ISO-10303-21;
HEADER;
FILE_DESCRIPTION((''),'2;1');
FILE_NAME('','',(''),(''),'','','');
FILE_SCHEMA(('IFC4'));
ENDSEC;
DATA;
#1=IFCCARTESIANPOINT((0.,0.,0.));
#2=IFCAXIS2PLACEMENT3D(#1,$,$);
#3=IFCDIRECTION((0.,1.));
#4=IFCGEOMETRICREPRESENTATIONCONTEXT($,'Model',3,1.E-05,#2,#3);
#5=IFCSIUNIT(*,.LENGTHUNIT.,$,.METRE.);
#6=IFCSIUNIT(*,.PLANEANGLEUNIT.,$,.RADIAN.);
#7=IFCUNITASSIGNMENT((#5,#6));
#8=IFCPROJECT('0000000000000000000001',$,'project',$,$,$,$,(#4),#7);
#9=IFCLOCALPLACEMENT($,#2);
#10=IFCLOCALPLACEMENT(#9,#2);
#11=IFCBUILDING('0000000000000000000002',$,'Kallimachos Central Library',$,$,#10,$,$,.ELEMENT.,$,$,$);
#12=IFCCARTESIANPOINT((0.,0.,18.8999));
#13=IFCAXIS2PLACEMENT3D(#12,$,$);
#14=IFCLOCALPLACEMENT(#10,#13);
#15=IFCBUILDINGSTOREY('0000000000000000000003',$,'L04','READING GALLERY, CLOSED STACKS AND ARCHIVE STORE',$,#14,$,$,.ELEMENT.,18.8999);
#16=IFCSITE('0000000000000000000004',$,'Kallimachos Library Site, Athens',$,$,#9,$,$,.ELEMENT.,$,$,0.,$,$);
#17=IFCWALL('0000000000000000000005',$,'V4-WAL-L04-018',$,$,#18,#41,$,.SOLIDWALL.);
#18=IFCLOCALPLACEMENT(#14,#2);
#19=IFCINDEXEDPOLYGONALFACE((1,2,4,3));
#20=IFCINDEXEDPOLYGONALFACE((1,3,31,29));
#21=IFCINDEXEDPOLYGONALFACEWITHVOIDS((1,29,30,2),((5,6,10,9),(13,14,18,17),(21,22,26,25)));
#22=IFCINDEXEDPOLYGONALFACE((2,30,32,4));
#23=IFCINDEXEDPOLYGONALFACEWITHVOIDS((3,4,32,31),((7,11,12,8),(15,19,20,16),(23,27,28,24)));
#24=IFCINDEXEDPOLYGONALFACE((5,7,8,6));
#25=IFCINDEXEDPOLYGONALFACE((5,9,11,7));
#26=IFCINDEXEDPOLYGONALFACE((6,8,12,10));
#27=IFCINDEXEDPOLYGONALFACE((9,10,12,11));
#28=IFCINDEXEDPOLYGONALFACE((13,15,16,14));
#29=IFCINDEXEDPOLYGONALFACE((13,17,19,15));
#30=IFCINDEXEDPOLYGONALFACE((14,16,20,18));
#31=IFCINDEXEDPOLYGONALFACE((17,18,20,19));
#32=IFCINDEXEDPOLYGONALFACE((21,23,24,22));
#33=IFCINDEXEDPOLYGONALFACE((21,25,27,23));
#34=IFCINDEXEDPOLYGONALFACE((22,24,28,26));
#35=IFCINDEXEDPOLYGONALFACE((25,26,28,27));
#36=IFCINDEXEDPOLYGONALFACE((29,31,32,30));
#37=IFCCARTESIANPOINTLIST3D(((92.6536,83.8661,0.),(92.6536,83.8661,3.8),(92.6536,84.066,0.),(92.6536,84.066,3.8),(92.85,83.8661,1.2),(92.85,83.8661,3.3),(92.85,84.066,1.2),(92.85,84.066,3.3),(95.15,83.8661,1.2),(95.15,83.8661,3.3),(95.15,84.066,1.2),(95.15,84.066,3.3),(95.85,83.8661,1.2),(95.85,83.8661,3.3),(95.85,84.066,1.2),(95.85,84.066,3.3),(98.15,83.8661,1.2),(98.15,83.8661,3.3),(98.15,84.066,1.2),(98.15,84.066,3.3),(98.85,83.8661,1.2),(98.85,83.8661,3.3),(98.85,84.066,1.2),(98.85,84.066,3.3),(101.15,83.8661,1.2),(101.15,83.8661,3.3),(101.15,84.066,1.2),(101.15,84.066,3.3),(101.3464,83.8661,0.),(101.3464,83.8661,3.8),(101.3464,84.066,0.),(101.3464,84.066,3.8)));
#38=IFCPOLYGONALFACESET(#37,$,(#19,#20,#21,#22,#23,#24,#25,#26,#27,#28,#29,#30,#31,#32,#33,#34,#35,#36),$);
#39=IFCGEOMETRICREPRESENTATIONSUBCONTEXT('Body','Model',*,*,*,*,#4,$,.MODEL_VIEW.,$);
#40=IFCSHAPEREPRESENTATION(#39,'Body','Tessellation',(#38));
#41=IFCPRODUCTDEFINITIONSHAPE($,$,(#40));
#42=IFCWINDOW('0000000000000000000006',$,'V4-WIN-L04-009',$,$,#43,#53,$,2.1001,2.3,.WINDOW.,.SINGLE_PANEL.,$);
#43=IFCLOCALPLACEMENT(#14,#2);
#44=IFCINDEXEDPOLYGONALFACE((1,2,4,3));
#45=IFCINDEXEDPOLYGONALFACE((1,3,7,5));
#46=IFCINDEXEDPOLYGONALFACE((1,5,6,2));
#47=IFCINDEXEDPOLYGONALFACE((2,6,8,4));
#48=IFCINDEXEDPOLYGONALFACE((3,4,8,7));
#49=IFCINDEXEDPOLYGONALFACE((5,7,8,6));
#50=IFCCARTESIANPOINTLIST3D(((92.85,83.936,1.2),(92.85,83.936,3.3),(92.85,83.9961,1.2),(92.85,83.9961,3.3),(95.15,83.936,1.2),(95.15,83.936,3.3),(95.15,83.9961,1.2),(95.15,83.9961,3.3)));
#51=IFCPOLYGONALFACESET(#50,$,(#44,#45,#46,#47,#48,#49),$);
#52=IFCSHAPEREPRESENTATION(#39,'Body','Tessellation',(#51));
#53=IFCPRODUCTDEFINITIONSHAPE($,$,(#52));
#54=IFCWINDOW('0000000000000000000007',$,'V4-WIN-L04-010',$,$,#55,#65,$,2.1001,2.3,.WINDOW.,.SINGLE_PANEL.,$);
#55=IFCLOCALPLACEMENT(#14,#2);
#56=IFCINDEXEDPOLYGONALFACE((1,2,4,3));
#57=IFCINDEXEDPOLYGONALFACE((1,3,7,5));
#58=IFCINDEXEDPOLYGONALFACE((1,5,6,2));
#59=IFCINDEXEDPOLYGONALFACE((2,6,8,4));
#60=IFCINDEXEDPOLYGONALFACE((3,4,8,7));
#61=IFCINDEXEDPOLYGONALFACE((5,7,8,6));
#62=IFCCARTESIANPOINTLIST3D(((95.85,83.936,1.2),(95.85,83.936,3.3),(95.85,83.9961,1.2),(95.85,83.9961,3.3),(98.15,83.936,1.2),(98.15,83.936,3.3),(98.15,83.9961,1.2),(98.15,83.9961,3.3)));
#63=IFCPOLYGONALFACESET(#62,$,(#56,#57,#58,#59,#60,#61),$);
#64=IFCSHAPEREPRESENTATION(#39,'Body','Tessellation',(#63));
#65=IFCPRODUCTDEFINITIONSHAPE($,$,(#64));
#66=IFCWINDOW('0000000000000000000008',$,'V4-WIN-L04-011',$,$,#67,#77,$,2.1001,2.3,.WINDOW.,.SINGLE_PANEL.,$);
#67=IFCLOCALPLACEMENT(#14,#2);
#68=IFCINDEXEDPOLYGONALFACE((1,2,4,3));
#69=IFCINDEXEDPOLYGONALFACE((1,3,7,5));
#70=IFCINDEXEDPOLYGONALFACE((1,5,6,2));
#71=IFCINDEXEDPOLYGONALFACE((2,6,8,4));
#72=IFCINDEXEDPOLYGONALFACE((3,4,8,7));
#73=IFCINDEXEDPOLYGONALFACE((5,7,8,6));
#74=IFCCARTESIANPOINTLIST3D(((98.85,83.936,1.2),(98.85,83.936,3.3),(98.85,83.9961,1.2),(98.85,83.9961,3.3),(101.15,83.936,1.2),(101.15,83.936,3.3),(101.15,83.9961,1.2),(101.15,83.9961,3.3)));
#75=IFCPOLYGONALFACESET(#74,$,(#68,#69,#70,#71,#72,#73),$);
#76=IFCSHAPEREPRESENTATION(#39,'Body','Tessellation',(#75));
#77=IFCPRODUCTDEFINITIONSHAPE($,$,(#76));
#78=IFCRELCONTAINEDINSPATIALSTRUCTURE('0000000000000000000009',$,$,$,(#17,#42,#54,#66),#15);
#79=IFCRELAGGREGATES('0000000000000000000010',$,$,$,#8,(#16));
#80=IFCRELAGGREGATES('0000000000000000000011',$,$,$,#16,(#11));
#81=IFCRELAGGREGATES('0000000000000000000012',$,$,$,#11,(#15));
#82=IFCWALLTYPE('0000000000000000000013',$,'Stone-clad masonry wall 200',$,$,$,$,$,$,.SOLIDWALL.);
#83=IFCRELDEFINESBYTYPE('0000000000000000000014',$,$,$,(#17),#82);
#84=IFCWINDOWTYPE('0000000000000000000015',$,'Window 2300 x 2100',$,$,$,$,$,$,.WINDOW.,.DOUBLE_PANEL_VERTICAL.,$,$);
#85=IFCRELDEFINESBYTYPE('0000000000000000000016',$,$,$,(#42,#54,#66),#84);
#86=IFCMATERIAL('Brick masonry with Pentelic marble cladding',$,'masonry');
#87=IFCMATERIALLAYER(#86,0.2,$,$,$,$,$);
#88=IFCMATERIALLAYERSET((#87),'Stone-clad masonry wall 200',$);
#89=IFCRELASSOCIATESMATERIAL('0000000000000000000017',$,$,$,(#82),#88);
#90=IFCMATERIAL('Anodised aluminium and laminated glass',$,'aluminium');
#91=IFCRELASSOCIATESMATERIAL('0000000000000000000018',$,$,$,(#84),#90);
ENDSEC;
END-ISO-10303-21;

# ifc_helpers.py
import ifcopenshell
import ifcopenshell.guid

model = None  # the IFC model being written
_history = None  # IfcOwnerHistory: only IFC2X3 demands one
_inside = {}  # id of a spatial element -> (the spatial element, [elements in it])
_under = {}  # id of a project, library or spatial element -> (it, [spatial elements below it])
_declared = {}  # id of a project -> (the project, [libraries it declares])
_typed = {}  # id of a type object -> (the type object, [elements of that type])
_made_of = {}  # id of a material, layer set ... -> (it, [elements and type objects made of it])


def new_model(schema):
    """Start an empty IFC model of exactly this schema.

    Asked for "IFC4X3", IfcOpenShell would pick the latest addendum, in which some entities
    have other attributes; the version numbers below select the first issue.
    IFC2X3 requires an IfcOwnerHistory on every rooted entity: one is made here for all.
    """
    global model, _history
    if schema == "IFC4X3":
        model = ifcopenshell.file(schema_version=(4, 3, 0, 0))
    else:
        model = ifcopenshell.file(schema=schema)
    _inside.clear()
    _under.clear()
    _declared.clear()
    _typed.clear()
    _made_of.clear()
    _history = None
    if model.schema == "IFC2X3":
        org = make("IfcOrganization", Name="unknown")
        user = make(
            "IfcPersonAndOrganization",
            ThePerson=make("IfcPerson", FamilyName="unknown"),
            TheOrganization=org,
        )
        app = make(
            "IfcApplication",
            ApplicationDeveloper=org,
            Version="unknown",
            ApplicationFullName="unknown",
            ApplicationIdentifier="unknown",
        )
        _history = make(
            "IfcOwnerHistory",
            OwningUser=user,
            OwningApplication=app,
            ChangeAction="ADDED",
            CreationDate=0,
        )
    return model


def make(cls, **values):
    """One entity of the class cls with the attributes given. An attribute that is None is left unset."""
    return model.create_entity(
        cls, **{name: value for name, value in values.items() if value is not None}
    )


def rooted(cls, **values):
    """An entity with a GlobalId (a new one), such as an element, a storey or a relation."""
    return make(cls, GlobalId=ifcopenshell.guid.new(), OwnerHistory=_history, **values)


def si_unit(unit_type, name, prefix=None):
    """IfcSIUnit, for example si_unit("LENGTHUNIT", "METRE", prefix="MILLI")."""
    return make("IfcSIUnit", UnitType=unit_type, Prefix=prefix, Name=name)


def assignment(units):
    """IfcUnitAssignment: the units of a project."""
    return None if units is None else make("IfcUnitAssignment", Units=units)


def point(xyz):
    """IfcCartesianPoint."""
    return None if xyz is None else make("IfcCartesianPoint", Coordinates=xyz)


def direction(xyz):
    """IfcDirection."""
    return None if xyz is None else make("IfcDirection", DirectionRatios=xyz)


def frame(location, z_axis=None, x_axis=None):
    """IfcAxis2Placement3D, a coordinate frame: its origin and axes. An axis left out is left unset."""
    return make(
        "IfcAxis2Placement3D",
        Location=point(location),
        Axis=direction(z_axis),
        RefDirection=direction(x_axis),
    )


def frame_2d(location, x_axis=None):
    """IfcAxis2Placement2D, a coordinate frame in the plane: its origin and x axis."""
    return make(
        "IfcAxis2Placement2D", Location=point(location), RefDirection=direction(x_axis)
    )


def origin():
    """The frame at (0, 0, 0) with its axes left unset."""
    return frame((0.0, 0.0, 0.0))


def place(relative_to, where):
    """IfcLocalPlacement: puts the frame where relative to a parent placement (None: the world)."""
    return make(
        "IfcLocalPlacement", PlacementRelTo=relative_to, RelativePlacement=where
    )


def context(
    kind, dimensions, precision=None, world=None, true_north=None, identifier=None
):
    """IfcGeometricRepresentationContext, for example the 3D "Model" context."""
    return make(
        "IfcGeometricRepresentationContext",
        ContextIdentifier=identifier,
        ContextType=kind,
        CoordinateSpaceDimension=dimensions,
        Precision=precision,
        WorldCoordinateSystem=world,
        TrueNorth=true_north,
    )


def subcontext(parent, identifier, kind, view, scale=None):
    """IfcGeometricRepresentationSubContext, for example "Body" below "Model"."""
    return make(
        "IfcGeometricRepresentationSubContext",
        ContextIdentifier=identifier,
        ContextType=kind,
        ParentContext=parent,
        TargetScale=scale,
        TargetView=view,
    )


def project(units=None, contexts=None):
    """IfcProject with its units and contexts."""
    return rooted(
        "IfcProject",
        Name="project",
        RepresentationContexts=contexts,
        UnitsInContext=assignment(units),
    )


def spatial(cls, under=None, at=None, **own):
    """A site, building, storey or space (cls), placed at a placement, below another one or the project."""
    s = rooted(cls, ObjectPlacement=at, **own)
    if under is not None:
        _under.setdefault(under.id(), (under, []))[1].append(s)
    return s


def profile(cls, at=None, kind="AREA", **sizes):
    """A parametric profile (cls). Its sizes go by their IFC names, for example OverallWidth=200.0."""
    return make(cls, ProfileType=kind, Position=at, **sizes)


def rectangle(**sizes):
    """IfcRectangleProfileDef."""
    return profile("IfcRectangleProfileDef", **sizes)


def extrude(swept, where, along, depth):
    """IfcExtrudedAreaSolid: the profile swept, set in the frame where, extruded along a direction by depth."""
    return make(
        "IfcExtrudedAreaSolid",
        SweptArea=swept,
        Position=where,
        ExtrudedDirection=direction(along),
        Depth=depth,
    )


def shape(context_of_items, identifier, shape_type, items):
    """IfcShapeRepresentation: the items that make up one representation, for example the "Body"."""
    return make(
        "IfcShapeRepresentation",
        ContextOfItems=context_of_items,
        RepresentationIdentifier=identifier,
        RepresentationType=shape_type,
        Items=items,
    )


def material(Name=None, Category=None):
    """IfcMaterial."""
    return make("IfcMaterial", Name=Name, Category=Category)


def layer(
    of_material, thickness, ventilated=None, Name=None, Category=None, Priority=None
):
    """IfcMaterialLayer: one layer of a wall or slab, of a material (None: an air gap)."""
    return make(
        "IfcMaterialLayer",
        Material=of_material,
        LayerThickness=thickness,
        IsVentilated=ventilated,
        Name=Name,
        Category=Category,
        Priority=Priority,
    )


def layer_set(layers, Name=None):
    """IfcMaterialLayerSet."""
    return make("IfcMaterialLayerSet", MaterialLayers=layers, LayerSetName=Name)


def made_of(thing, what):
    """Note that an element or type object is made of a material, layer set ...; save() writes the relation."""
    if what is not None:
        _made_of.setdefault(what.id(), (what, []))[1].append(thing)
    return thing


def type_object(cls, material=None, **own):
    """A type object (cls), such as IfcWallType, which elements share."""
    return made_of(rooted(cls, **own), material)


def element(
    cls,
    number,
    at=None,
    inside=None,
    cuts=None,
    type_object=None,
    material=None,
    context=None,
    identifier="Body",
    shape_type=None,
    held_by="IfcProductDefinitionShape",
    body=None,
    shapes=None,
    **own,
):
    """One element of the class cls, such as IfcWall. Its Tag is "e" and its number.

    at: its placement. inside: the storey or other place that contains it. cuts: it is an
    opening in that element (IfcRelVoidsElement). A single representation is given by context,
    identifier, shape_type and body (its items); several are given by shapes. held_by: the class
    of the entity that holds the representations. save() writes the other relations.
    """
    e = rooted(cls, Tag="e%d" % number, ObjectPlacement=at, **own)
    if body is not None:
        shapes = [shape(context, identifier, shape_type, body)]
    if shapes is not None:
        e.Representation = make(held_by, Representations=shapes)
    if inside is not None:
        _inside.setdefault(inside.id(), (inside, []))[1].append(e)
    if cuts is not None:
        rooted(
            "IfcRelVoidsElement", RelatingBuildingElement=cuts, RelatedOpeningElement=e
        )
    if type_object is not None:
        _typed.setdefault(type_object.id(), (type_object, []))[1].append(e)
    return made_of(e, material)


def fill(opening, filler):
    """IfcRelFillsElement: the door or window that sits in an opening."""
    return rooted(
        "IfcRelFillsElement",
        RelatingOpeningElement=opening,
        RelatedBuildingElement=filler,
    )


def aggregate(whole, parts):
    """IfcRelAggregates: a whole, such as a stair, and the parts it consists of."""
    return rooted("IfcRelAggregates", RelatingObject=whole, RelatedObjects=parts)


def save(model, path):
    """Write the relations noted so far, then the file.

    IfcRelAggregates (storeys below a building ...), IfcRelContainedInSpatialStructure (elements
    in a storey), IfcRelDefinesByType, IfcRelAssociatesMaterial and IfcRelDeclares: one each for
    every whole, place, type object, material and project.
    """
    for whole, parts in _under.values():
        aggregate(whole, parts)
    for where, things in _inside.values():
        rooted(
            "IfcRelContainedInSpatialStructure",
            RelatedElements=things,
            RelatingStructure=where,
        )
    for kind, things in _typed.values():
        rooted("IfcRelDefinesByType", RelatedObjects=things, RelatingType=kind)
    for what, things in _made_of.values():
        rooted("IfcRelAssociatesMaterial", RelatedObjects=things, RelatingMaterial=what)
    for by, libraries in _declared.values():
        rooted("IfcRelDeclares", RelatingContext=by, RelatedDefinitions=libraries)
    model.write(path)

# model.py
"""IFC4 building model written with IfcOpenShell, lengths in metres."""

from ifc_helpers import new_model, si_unit, direction, frame, frame_2d, origin, place, context, subcontext, project, spatial, rectangle, extrude, material, layer, layer_set, type_object, element, fill, save


model = new_model("IFC4")

# Units and contexts
model_context = context("Model", 3, precision=1e-05, world=origin(), true_north=direction((0.0, 1.0)))
body_context = subcontext(model_context, "Body", "Model", "MODEL_VIEW")
ifc_project = project(units=[si_unit("LENGTHUNIT", "METRE"), si_unit("PLANEANGLEUNIT", "RADIAN")], contexts=[model_context])

# Site, building, storey
site_placement = place(None, origin())
site = spatial("IfcSite", under=ifc_project, at=site_placement, Name="Kallimachos Library Site, Athens", CompositionType="ELEMENT", RefElevation=0.0)
building_placement = place(site_placement, origin())
building = spatial("IfcBuilding", under=site, at=building_placement, Name="Kallimachos Central Library", CompositionType="ELEMENT")
storey_placement = place(building_placement, frame((0.0, 0.0, 18.8999)))
storey = spatial("IfcBuildingStorey", under=building, at=storey_placement, Name="L04", Description="READING GALLERY, CLOSED STACKS AND ARCHIVE STORE", CompositionType="ELEMENT", Elevation=18.8999)

# Wall, openings, windows
ifc_material_1 = material(Name="Brick masonry with Pentelic marble cladding", Category="masonry")
ifc_layer_1 = layer(ifc_material_1, 0.2)
ifc_layer_set_1 = layer_set([ifc_layer_1], Name="Stone-clad masonry wall 200")
wall_type_1 = type_object("IfcWallType", Name="Stone-clad masonry wall 200", PredefinedType="SOLIDWALL", material=ifc_layer_set_1)
wall_1_placement = place(storey_placement, frame((92.6536, 83.9661, 0.0), z_axis=(0.0, 0.0, 1.0), x_axis=(1.0, 0.0, 0.0)))
wall_1 = element("IfcWall", 1, at=wall_1_placement, inside=storey, type_object=wall_type_1, Name="V4-WAL-L04-018", PredefinedType="SOLIDWALL", context=body_context, shape_type="SweptSolid", body=[
    extrude(rectangle(XDim=8.6929, YDim=0.2, at=frame_2d((4.3464, 0.0))), origin(), (0.0, 0.0, 1.0), 3.8),
])
opening_1_placement = place(wall_1_placement, frame((0.1965, 0.0, 1.2)))
opening_1 = element("IfcOpeningElement", 2, at=opening_1_placement, cuts=wall_1, PredefinedType="OPENING", context=body_context, shape_type="SweptSolid", body=[
    extrude(rectangle(XDim=2.3, YDim=2.1001, at=frame_2d((1.1499, 1.05))), frame((0.0, 0.1099, 0.0), z_axis=(0.0, -1.0, 0.0), x_axis=(1.0, 0.0, 0.0)), (0.0, 0.0, 1.0), 0.22),
])
opening_2_placement = place(wall_1_placement, frame((3.1965, 0.0, 1.2)))
opening_2 = element("IfcOpeningElement", 3, at=opening_2_placement, cuts=wall_1, PredefinedType="OPENING", context=body_context, shape_type="SweptSolid", body=[
    extrude(rectangle(XDim=2.3, YDim=2.1001, at=frame_2d((1.1499, 1.05))), frame((0.0, 0.1099, 0.0), z_axis=(0.0, -1.0, 0.0), x_axis=(1.0, 0.0, 0.0)), (0.0, 0.0, 1.0), 0.22),
])
opening_3_placement = place(wall_1_placement, frame((6.1965, 0.0, 1.2)))
opening_3 = element("IfcOpeningElement", 4, at=opening_3_placement, cuts=wall_1, PredefinedType="OPENING", context=body_context, shape_type="SweptSolid", body=[
    extrude(rectangle(XDim=2.3, YDim=2.1001, at=frame_2d((1.1499, 1.05))), frame((0.0, 0.1099, 0.0), z_axis=(0.0, -1.0, 0.0), x_axis=(1.0, 0.0, 0.0)), (0.0, 0.0, 1.0), 0.22),
])
ifc_material_2 = material(Name="Anodised aluminium and laminated glass", Category="aluminium")
window_type = type_object("IfcWindowType", Name="Window 2300 x 2100", PartitioningType="DOUBLE_PANEL_VERTICAL", PredefinedType="WINDOW", material=ifc_material_2)
window_1_placement = place(opening_1_placement, origin())
window_1 = element("IfcWindow", 5, at=window_1_placement, inside=storey, type_object=window_type, Name="V4-WIN-L04-009", OverallHeight=2.1001, OverallWidth=2.3, PartitioningType="SINGLE_PANEL", PredefinedType="WINDOW", context=body_context, shape_type="SweptSolid", body=[
    extrude(rectangle(XDim=2.3, YDim=2.1001, at=frame_2d((1.1499, 1.05))), frame((0.0, 0.03, 0.0), z_axis=(0.0, -1.0, 0.0), x_axis=(1.0, 0.0, 0.0)), (0.0, 0.0, 1.0), 0.0601),
])
fill(opening_1, window_1)
window_2_placement = place(opening_2_placement, origin())
window_2 = element("IfcWindow", 6, at=window_2_placement, inside=storey, type_object=window_type, Name="V4-WIN-L04-010", OverallHeight=2.1001, OverallWidth=2.3, PartitioningType="SINGLE_PANEL", PredefinedType="WINDOW", context=body_context, shape_type="SweptSolid", body=[
    extrude(rectangle(XDim=2.3, YDim=2.1001, at=frame_2d((1.1499, 1.05))), frame((0.0, 0.03, 0.0), z_axis=(0.0, -1.0, 0.0), x_axis=(1.0, 0.0, 0.0)), (0.0, 0.0, 1.0), 0.0601),
])
fill(opening_2, window_2)
window_3_placement = place(opening_3_placement, origin())
window_3 = element("IfcWindow", 7, at=window_3_placement, inside=storey, type_object=window_type, Name="V4-WIN-L04-011", OverallHeight=2.1001, OverallWidth=2.3, PartitioningType="SINGLE_PANEL", PredefinedType="WINDOW", context=body_context, shape_type="SweptSolid", body=[
    extrude(rectangle(XDim=2.3, YDim=2.1001, at=frame_2d((1.1499, 1.05))), frame((0.0, 0.03, 0.0), z_axis=(0.0, -1.0, 0.0), x_axis=(1.0, 0.0, 0.0)), (0.0, 0.0, 1.0), 0.0601),
])
fill(opening_3, window_3)

save(model, "model.ifc")
